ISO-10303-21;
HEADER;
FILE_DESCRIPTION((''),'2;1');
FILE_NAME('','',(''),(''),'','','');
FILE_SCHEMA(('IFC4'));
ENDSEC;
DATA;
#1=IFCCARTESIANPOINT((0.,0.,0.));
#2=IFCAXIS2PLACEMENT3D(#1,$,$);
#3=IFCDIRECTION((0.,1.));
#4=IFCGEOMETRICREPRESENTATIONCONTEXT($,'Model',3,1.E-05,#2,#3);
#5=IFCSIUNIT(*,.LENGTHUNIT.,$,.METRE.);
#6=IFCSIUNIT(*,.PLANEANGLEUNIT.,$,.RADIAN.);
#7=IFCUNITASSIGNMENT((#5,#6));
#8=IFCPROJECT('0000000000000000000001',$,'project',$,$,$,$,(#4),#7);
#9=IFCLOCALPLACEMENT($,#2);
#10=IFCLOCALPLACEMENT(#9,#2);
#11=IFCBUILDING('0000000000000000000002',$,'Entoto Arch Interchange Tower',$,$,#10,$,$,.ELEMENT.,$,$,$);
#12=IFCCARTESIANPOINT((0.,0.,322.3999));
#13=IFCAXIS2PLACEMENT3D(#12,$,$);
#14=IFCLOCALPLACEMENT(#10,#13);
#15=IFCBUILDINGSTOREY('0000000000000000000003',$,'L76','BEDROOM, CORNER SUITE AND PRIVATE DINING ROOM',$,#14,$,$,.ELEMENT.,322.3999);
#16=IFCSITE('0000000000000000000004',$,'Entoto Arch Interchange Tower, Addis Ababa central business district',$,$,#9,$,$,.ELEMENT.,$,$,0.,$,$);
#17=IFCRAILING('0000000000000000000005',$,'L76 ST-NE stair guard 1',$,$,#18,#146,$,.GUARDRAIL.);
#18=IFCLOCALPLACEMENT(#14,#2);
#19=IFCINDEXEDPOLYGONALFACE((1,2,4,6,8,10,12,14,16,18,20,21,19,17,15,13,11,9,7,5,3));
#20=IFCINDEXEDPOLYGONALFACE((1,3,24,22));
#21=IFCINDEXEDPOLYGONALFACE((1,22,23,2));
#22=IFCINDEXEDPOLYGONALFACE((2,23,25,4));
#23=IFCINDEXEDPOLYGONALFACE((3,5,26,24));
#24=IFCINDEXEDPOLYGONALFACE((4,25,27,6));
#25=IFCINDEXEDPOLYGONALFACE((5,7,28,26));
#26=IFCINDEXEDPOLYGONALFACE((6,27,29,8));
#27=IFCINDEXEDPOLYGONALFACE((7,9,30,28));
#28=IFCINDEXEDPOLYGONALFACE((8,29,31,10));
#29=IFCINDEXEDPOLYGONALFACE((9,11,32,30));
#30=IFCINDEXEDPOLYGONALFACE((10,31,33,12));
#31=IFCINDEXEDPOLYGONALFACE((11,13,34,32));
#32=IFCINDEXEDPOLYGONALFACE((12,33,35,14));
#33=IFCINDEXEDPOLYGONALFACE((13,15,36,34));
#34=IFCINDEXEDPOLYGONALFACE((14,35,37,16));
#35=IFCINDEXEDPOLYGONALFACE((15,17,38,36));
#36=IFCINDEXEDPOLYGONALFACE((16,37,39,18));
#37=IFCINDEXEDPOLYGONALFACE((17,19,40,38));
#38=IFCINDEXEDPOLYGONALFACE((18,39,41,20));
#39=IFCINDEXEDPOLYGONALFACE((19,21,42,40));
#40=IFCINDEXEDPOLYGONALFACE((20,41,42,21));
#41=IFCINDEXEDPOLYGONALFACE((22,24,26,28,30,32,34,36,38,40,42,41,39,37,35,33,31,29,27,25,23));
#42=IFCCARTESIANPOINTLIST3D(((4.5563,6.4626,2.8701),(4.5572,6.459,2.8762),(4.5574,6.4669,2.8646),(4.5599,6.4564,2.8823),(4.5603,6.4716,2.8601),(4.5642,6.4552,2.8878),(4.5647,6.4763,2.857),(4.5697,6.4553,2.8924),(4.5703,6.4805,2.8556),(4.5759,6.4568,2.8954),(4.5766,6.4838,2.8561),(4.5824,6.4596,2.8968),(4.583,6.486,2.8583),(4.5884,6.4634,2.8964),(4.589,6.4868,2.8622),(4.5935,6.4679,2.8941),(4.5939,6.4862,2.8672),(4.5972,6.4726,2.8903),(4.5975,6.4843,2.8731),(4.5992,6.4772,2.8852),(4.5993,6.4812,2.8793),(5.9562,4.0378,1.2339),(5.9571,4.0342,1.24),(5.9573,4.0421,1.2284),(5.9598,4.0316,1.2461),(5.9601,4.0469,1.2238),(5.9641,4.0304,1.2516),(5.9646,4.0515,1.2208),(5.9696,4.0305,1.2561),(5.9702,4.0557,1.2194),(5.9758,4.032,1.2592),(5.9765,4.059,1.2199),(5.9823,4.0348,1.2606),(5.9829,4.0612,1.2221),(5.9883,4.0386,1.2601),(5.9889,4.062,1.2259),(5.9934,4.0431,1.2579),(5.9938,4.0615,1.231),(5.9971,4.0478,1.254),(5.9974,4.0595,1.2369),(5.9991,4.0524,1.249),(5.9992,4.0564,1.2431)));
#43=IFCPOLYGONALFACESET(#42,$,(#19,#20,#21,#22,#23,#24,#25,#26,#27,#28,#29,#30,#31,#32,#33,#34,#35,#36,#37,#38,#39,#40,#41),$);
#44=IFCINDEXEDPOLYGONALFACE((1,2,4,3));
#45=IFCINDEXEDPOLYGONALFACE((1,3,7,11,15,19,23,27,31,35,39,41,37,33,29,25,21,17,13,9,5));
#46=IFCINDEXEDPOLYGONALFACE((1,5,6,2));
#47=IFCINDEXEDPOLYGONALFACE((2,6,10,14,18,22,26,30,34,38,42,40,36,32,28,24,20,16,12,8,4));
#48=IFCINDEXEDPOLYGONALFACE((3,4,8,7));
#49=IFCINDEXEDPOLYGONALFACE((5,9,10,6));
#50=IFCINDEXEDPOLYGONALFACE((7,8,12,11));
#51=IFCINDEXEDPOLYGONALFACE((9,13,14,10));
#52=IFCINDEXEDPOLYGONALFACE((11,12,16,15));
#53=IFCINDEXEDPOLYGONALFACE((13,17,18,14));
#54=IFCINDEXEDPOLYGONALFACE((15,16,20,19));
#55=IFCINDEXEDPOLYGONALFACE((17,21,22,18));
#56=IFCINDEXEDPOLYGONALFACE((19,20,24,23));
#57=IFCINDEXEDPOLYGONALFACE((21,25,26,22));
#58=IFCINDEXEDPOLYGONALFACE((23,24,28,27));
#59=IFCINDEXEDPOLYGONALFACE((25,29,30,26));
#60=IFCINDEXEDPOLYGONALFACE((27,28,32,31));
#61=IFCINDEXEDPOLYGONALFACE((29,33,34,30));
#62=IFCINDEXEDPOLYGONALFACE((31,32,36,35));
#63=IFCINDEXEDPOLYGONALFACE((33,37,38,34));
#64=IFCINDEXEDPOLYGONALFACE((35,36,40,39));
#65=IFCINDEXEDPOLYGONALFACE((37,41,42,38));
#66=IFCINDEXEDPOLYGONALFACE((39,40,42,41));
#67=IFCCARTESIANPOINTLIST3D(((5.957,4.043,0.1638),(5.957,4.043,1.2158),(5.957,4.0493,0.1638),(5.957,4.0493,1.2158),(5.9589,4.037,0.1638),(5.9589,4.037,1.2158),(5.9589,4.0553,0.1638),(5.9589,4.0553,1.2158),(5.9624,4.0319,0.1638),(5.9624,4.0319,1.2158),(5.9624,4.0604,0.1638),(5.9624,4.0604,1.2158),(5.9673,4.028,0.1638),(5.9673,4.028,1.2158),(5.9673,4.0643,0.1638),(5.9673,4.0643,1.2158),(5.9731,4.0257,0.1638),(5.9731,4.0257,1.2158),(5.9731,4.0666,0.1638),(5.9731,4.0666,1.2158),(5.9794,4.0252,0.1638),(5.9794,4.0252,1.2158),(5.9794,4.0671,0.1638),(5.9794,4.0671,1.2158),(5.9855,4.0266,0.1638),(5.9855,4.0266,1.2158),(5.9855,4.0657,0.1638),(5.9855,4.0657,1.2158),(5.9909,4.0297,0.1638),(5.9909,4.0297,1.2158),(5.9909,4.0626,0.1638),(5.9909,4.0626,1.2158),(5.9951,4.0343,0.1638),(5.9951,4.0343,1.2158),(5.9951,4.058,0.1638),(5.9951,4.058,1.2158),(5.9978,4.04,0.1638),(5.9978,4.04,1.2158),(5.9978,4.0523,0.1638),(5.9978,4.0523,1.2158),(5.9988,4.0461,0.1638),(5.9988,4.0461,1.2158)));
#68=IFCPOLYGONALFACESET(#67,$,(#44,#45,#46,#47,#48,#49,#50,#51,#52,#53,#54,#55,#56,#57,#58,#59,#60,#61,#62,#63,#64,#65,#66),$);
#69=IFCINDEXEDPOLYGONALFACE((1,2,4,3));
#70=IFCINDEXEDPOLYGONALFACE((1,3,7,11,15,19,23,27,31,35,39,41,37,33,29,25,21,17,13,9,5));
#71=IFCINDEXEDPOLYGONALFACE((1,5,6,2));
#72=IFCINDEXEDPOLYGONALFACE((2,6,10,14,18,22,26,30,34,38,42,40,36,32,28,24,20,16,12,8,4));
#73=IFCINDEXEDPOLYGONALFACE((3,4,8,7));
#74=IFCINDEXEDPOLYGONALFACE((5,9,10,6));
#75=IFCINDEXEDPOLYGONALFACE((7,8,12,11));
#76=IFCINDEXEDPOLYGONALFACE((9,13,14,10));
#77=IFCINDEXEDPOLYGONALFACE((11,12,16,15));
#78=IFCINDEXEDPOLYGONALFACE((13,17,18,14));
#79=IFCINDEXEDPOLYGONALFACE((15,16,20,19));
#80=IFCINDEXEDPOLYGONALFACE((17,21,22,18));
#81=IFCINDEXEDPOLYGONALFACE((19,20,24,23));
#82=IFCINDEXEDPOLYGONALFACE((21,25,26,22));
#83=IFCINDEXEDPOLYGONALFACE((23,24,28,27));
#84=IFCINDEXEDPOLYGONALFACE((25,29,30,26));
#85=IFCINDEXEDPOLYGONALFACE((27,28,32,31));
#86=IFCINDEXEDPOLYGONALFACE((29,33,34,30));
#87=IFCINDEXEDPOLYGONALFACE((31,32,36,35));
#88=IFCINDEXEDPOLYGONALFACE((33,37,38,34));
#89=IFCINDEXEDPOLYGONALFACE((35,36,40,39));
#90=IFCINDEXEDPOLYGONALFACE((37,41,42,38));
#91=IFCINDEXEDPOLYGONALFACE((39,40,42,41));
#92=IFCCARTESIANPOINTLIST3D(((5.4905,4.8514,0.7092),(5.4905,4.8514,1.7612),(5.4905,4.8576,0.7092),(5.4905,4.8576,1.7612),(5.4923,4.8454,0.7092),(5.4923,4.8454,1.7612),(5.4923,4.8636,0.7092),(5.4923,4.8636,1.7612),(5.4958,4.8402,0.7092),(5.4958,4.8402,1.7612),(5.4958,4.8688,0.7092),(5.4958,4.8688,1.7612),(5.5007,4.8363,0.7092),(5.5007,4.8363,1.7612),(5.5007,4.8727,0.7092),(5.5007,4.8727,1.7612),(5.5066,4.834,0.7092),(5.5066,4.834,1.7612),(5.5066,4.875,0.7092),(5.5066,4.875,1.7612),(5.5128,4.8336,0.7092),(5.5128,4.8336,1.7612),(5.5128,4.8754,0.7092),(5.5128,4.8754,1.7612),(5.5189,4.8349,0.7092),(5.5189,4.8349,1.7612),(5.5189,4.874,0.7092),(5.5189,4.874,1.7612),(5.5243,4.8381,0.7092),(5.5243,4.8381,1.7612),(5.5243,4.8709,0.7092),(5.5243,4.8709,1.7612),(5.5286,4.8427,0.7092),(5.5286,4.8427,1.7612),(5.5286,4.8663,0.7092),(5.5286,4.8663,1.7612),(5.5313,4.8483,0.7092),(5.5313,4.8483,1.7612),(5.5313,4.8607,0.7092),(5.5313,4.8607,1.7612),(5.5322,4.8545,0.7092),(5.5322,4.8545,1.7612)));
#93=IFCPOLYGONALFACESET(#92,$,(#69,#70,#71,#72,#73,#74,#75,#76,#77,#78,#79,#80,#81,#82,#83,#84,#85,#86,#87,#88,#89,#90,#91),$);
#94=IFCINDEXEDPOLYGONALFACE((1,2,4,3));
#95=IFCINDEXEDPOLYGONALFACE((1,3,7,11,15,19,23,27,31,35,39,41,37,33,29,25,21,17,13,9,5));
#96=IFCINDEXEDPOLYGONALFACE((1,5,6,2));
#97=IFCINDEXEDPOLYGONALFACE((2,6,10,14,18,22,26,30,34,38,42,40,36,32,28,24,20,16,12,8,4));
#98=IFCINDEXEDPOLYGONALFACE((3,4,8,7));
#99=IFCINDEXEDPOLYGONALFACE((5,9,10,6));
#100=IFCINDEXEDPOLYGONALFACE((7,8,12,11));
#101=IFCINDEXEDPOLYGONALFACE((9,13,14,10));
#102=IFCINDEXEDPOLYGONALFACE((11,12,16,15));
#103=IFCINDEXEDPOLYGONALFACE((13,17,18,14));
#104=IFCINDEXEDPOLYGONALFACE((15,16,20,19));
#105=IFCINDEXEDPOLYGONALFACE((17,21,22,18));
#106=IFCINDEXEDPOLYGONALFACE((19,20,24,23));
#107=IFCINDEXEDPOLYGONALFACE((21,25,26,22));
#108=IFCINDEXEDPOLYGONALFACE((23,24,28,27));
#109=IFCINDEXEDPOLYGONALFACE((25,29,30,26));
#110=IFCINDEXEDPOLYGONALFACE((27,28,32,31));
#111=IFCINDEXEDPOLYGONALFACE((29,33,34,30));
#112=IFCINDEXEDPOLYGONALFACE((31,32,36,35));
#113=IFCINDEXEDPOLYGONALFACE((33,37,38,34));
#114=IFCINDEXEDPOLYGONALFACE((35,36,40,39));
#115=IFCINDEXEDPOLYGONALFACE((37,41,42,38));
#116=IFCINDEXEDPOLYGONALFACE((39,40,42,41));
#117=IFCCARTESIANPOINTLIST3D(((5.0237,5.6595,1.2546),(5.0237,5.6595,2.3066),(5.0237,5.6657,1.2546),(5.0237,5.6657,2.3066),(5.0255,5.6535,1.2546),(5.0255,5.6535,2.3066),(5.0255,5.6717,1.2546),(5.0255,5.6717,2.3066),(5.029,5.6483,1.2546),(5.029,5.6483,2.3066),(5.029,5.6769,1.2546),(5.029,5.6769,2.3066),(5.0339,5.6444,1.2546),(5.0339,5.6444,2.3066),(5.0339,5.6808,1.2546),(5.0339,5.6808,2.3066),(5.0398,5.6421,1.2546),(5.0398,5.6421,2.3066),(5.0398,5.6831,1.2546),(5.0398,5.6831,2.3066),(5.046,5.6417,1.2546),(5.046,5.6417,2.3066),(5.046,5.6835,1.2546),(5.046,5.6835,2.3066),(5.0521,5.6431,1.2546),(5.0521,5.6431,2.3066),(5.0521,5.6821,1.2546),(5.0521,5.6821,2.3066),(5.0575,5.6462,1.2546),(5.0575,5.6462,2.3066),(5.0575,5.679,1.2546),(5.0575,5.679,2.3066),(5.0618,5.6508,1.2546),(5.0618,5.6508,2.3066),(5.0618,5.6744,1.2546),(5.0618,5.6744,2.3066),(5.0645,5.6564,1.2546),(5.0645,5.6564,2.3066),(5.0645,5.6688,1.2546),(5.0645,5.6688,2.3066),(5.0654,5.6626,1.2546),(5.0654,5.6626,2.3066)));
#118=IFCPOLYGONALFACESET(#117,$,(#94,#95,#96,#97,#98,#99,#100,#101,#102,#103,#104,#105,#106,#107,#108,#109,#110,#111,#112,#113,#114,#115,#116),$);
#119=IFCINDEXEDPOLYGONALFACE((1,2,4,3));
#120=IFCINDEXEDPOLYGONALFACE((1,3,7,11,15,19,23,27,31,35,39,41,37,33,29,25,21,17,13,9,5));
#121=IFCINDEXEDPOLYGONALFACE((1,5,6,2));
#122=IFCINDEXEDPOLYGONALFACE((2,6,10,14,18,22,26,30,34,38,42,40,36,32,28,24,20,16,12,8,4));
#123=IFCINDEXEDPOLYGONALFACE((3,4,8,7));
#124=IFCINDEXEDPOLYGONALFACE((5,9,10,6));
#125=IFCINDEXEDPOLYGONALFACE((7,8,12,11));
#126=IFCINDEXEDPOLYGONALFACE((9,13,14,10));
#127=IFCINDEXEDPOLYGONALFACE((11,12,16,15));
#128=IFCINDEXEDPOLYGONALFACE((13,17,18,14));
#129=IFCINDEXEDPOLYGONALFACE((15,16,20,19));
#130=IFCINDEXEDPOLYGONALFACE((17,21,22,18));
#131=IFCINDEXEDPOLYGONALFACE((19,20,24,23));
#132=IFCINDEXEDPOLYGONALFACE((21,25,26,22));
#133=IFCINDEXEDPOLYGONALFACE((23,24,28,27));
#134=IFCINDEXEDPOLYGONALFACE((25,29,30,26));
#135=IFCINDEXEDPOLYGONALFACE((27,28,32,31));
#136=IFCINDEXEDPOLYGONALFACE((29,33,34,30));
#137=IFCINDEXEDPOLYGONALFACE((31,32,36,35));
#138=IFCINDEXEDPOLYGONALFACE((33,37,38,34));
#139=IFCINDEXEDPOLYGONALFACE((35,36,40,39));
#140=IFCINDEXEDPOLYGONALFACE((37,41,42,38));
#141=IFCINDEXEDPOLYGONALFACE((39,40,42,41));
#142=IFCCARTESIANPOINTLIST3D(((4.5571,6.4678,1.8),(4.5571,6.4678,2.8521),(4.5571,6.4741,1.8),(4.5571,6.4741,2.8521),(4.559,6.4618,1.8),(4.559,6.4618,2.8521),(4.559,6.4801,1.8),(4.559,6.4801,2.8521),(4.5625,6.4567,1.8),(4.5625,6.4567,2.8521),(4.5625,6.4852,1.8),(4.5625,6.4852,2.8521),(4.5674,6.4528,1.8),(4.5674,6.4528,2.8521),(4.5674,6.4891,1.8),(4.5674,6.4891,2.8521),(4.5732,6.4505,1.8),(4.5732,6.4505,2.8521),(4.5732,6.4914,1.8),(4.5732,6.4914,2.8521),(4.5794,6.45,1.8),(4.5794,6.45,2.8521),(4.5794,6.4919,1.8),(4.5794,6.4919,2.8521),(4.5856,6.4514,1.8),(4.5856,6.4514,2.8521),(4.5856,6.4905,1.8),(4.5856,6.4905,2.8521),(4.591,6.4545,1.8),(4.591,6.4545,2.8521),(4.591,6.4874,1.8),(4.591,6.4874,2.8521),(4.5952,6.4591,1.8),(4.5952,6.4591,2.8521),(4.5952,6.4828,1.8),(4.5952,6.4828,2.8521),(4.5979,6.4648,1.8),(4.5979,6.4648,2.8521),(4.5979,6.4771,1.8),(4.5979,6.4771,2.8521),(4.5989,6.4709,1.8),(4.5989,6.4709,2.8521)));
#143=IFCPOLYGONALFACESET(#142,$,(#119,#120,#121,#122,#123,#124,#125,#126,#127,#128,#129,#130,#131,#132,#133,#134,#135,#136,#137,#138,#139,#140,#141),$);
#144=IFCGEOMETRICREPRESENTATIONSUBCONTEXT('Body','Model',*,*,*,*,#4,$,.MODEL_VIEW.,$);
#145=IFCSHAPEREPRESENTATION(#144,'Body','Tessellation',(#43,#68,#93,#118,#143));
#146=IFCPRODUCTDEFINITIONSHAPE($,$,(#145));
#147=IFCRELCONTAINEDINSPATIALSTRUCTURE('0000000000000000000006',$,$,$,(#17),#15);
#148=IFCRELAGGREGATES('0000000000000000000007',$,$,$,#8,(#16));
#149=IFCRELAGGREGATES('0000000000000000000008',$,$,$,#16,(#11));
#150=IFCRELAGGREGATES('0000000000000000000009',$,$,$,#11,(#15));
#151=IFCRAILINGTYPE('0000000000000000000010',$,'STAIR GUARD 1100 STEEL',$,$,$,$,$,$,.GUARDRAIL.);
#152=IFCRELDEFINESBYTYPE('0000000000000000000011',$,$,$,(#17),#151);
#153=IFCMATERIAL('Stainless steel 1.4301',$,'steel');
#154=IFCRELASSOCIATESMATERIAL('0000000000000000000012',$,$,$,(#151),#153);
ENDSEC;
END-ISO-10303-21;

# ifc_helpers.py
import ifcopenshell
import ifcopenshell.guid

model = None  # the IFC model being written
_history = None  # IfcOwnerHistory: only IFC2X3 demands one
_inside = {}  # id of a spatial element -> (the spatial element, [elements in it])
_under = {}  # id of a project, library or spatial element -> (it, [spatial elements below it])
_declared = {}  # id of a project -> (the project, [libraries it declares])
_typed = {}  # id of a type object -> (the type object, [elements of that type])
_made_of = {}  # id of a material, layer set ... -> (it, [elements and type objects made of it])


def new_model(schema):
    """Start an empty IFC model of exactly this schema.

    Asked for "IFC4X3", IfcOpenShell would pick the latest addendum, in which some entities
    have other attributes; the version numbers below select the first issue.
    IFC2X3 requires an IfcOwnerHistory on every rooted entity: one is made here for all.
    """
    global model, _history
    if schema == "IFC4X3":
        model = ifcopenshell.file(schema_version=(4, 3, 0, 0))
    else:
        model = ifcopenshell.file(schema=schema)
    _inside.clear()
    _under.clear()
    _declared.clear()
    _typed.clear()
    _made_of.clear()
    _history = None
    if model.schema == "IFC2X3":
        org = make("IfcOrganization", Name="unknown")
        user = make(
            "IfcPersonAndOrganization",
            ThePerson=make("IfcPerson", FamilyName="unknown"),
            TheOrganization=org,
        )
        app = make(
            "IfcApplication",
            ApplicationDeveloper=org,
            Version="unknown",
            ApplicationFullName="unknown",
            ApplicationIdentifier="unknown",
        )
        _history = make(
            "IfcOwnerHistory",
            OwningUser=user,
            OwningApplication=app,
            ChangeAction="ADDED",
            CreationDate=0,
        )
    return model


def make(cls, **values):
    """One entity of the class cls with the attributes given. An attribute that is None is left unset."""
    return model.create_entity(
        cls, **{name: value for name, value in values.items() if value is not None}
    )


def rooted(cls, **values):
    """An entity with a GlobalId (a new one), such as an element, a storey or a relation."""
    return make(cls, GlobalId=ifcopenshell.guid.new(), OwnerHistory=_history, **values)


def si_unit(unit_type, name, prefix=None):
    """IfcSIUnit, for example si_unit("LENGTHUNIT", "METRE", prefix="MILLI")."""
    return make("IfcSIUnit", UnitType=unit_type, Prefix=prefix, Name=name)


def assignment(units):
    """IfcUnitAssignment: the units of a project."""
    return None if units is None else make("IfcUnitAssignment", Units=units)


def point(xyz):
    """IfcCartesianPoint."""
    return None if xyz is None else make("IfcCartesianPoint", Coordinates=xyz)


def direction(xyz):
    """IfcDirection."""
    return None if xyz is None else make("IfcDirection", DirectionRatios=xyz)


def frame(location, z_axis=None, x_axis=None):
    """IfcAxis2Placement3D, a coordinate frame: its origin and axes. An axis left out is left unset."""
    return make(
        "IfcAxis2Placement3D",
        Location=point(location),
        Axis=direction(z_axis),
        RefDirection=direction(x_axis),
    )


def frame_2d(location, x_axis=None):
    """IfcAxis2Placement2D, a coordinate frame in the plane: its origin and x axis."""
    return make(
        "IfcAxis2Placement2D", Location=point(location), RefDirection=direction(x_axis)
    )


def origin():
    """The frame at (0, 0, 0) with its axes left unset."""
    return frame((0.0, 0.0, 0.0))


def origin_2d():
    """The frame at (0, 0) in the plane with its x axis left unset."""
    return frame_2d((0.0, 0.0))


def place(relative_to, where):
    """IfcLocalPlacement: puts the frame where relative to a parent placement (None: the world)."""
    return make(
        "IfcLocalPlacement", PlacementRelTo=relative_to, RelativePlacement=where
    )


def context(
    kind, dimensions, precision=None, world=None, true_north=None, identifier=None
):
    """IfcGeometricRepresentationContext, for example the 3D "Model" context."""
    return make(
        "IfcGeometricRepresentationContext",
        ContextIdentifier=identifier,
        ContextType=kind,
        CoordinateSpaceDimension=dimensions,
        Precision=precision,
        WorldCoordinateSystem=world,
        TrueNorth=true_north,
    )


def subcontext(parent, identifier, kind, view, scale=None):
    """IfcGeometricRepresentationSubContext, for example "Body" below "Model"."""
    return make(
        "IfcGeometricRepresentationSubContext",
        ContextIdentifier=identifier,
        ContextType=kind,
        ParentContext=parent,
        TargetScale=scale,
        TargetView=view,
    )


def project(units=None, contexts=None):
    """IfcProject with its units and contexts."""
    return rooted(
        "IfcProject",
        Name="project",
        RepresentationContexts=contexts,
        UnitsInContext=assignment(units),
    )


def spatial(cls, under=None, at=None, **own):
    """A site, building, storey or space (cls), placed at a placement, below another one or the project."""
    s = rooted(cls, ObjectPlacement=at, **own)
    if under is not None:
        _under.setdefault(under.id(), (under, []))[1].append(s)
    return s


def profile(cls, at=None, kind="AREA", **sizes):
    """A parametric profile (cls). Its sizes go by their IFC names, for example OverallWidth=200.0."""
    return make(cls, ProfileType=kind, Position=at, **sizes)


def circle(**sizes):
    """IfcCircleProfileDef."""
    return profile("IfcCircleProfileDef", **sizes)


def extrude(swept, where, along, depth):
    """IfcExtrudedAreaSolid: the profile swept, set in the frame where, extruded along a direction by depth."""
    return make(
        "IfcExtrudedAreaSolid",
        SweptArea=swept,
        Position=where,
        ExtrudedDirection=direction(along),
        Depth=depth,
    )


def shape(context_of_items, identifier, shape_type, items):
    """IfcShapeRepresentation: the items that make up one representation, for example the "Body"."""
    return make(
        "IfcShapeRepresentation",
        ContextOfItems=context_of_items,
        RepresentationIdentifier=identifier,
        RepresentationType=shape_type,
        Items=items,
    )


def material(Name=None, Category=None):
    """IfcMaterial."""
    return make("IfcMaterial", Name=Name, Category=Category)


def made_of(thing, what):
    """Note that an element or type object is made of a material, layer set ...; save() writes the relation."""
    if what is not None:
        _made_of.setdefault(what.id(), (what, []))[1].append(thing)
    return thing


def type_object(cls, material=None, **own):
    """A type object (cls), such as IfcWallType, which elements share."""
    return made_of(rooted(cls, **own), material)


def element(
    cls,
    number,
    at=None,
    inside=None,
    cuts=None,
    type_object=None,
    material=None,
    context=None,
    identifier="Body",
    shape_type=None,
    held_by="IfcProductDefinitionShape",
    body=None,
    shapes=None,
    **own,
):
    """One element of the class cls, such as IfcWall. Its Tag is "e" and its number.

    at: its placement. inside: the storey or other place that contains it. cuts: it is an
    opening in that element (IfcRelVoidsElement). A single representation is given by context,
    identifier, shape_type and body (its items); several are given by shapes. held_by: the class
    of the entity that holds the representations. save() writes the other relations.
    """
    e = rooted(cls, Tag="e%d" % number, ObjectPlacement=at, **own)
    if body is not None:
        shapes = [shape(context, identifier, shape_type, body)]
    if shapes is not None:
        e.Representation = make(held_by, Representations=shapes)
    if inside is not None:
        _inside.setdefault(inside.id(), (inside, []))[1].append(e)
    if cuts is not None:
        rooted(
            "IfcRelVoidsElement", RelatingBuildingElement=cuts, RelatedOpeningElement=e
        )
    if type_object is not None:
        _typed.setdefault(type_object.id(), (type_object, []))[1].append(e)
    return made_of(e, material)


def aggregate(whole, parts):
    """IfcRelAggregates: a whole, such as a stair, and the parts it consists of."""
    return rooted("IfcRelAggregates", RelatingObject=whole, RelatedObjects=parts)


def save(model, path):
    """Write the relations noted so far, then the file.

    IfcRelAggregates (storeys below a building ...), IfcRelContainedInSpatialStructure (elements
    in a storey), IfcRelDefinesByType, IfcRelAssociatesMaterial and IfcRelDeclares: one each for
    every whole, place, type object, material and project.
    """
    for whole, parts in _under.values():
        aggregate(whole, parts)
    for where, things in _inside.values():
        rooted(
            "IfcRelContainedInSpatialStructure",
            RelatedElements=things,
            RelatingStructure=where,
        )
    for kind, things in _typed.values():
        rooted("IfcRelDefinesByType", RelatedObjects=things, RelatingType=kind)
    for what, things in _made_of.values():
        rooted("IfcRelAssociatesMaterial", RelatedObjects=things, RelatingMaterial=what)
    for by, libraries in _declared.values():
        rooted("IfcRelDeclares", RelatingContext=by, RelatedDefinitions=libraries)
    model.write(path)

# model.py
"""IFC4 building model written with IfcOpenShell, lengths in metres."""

from ifc_helpers import new_model, si_unit, direction, frame, origin, origin_2d, place, context, subcontext, project, spatial, circle, extrude, material, type_object, element, save


model = new_model("IFC4")

# Units and contexts
model_context = context("Model", 3, precision=1e-05, world=origin(), true_north=direction((0.0, 1.0)))
body_context = subcontext(model_context, "Body", "Model", "MODEL_VIEW")
ifc_project = project(units=[si_unit("LENGTHUNIT", "METRE"), si_unit("PLANEANGLEUNIT", "RADIAN")], contexts=[model_context])

# Site, building, storey
site_placement = place(None, origin())
site = spatial("IfcSite", under=ifc_project, at=site_placement, Name="Entoto Arch Interchange Tower, Addis Ababa central business district", CompositionType="ELEMENT", RefElevation=0.0)
building_placement = place(site_placement, origin())
building = spatial("IfcBuilding", under=site, at=building_placement, Name="Entoto Arch Interchange Tower", CompositionType="ELEMENT")
storey_placement = place(building_placement, frame((0.0, 0.0, 322.3999)))
storey = spatial("IfcBuildingStorey", under=building, at=storey_placement, Name="L76", Description="BEDROOM, CORNER SUITE AND PRIVATE DINING ROOM", CompositionType="ELEMENT", Elevation=322.3999)

# Railing
ifc_material_1 = material(Name="Stainless steel 1.4301", Category="steel")
railing_type_1 = type_object("IfcRailingType", Name="STAIR GUARD 1100 STEEL", PredefinedType="GUARDRAIL", material=ifc_material_1)
railing_1_placement = place(storey_placement, frame((5.9778, 4.0461, 0.1638)))
element("IfcRailing", 1, at=railing_1_placement, inside=storey, type_object=railing_type_1, Name="L76 ST-NE stair guard 1", PredefinedType="GUARDRAIL", context=body_context, shape_type="SweptSolid", body=[
    extrude(circle(Radius=0.0239, at=origin_2d()), frame((0.0, 0.0, 1.0762), z_axis=(-0.431677, 0.747718, 0.504552), x_axis=(-0.866035, -0.499984, 0.0)), (0.0, 0.0, 1.0), 3.2429),
    extrude(circle(Radius=0.021, at=origin_2d()), origin(), (0.0, 0.0, 1.0), 1.052),
    extrude(circle(Radius=0.021, at=origin_2d()), frame((-0.4666, 0.8083, 0.5454)), (0.0, 0.0, 1.0), 1.052),
    extrude(circle(Radius=0.021, at=origin_2d()), frame((-0.9333, 1.6165, 1.0908)), (0.0, 0.0, 1.0), 1.052),
    extrude(circle(Radius=0.021, at=origin_2d()), frame((-1.3999, 2.4248, 1.6362)), (0.0, 0.0, 1.0), 1.052),
])

save(model, "model.ifc")
